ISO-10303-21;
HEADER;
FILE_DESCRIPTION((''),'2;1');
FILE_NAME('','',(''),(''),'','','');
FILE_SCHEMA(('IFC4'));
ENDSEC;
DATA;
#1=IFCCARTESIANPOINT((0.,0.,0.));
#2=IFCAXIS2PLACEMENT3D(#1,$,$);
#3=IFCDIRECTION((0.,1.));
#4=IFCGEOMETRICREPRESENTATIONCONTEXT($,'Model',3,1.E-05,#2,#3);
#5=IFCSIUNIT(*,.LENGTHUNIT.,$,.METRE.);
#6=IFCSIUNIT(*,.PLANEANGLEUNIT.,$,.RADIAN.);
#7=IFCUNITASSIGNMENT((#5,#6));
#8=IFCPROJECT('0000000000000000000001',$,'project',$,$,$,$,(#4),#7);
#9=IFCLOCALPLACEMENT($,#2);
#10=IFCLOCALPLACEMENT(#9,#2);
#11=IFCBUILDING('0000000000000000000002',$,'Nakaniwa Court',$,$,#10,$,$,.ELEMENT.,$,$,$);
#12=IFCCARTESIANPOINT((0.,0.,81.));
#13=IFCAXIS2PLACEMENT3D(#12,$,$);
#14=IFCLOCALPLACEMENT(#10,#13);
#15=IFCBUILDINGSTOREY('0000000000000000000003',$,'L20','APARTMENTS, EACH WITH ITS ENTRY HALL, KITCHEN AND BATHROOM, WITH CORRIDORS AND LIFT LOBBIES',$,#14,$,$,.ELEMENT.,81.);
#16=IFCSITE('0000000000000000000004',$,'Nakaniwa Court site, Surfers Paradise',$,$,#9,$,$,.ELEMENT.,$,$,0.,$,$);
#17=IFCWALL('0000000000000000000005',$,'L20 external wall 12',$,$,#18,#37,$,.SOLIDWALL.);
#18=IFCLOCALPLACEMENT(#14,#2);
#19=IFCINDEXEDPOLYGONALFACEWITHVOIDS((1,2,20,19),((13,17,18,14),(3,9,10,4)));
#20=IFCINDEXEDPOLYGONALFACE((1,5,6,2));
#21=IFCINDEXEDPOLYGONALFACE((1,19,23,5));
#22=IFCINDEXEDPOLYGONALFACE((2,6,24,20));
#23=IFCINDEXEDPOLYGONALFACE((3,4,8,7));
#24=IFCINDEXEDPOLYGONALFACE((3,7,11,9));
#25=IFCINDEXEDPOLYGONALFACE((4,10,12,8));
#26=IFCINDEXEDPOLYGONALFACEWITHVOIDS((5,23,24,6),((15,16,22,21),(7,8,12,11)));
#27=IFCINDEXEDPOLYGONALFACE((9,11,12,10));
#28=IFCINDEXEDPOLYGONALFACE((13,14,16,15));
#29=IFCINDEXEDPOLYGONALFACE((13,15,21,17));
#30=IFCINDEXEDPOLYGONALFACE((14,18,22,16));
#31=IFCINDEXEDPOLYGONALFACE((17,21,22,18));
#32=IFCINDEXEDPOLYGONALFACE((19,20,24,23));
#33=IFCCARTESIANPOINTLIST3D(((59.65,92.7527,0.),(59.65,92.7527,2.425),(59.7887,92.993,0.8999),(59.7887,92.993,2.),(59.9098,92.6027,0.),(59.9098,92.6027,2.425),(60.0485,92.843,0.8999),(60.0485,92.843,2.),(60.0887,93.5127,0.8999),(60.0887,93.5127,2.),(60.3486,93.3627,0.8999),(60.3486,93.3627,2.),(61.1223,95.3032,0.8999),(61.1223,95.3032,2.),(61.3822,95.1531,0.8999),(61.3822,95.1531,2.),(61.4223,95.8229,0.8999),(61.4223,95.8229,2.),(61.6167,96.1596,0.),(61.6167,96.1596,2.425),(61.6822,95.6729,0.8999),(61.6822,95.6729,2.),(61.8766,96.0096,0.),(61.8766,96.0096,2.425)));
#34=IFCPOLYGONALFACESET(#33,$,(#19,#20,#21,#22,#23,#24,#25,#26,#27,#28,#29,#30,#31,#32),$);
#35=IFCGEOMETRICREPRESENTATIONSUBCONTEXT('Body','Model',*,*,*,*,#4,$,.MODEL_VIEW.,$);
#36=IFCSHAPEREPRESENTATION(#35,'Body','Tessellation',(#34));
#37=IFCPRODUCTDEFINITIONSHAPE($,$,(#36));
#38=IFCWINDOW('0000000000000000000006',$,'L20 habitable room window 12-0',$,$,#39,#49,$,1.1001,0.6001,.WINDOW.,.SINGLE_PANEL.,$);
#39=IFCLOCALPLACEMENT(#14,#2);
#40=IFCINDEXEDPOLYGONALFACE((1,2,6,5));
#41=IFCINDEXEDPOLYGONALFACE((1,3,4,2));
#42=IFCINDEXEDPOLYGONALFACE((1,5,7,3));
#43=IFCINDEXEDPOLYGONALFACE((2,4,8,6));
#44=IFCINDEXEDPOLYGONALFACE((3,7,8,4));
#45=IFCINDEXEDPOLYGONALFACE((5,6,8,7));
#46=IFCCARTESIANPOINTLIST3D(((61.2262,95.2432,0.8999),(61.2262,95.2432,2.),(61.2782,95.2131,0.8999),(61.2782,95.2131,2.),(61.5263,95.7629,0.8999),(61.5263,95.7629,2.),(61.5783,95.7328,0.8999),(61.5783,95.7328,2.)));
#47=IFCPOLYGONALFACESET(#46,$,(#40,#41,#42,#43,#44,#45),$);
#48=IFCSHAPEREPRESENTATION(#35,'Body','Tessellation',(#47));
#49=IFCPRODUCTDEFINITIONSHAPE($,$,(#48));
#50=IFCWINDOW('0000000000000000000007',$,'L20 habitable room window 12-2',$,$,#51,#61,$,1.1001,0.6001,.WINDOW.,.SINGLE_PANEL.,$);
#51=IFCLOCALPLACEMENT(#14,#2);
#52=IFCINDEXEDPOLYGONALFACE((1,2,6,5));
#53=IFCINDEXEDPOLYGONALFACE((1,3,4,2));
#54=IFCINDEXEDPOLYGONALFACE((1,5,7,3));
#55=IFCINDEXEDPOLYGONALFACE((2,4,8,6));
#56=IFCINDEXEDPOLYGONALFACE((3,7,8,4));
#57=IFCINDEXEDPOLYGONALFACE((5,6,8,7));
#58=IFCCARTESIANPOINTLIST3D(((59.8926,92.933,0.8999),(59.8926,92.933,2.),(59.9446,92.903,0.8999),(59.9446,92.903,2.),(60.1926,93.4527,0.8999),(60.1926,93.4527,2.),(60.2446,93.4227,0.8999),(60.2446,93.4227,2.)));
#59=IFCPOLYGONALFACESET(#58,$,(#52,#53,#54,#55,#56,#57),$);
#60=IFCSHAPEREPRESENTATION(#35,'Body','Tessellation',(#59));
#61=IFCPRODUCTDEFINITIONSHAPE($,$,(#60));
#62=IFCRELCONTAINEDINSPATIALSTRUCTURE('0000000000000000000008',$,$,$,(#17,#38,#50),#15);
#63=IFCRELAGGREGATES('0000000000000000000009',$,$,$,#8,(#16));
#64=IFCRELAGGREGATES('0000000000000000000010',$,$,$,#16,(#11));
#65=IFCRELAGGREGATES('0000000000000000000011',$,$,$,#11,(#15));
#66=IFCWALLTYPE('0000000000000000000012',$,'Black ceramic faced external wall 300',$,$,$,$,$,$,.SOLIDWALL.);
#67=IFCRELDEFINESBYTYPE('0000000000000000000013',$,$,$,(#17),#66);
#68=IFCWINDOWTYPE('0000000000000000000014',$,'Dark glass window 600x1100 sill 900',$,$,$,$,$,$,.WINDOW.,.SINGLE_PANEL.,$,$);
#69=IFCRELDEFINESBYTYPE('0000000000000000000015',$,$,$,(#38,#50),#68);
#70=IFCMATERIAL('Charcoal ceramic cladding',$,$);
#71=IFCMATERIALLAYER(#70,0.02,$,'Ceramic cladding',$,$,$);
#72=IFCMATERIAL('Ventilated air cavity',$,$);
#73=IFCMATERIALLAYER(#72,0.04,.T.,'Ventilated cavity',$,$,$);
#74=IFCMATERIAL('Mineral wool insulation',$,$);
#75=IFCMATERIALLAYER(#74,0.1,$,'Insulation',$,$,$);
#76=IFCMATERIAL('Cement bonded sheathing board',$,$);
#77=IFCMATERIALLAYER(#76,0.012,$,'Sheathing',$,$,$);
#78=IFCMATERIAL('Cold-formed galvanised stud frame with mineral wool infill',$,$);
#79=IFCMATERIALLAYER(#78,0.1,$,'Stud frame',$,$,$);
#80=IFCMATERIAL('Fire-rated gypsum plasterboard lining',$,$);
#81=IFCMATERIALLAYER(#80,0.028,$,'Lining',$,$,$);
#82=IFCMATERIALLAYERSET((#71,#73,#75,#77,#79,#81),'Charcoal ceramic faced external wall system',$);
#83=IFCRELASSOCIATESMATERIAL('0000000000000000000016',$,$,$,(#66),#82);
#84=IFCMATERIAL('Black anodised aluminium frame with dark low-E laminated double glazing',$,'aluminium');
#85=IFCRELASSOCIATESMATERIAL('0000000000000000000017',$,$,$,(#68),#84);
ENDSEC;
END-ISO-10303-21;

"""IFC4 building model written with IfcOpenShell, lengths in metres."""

from ifc_helpers import new_model, si_unit, direction, frame, frame_2d, origin, place, context, subcontext, project, spatial, rectangle, extrude, material, layer, layer_set, type_object, element, fill, save


model = new_model("IFC4")

# Units and contexts
model_context = context("Model", 3, precision=1e-05, world=origin(), true_north=direction((0.0, 1.0)))
body_context = subcontext(model_context, "Body", "Model", "MODEL_VIEW")
ifc_project = project(units=[si_unit("LENGTHUNIT", "METRE"), si_unit("PLANEANGLEUNIT", "RADIAN")], contexts=[model_context])

# Site, building, storey
site_placement = place(None, origin())
site = spatial("IfcSite", under=ifc_project, at=site_placement, Name="Nakaniwa Court site, Surfers Paradise", CompositionType="ELEMENT", RefElevation=0.0)
building_placement = place(site_placement, origin())
building = spatial("IfcBuilding", under=site, at=building_placement, Name="Nakaniwa Court", CompositionType="ELEMENT")
storey_placement = place(building_placement, frame((0.0, 0.0, 81.0)))
storey = spatial("IfcBuildingStorey", under=building, at=storey_placement, Name="L20", Description="APARTMENTS, EACH WITH ITS ENTRY HALL, KITCHEN AND BATHROOM, WITH CORRIDORS AND LIFT LOBBIES", CompositionType="ELEMENT", Elevation=81.0)

# Shared definitions
ifc_material_1 = material(Name="Charcoal ceramic cladding")
ifc_layer_1 = layer(ifc_material_1, 0.02, Name="Ceramic cladding")
ifc_material_2 = material(Name="Ventilated air cavity")
ifc_layer_2 = layer(ifc_material_2, 0.04, ventilated=True, Name="Ventilated cavity")
ifc_material_3 = material(Name="Mineral wool insulation")
ifc_layer_3 = layer(ifc_material_3, 0.1, Name="Insulation")
ifc_material_4 = material(Name="Cement bonded sheathing board")
ifc_layer_4 = layer(ifc_material_4, 0.012, Name="Sheathing")
ifc_material_5 = material(Name="Cold-formed galvanised stud frame with mineral wool infill")
ifc_layer_5 = layer(ifc_material_5, 0.1, Name="Stud frame")
ifc_material_6 = material(Name="Fire-rated gypsum plasterboard lining")
ifc_layer_6 = layer(ifc_material_6, 0.028, Name="Lining")
ifc_layer_set_1 = layer_set([ifc_layer_1, ifc_layer_2, ifc_layer_3, ifc_layer_4, ifc_layer_5, ifc_layer_6], Name="Charcoal ceramic faced external wall system")
wall_type_1 = type_object("IfcWallType", Name="Black ceramic faced external wall 300", PredefinedType="SOLIDWALL", material=ifc_layer_set_1)
ifc_material_7 = material(Name="Black anodised aluminium frame with dark low-E laminated double glazing", Category="aluminium")
window_type_1 = type_object("IfcWindowType", Name="Dark glass window 600x1100 sill 900", PartitioningType="SINGLE_PANEL", PredefinedType="WINDOW", material=ifc_material_7)

# Wall, openings, windows
wall_1_placement = place(storey_placement, frame((61.7466, 96.0845, 0.0), z_axis=(0.0, 0.0, 1.0), x_axis=(-0.499957, -0.86605, 0.0)))
wall_1 = element("IfcWall", 1, at=wall_1_placement, inside=storey, type_object=wall_type_1, Name="L20 external wall 12", PredefinedType="SOLIDWALL", context=body_context, shape_type="SweptSolid", body=[
    extrude(rectangle(XDim=3.9338, YDim=0.3, at=frame_2d((1.9668, 0.0))), origin(), (0.0, 0.0, 1.0), 2.425),
])
opening_1_placement = place(wall_1_placement, frame((0.3887, 0.0, 0.8999)))
opening_1 = element("IfcOpeningElement", 2, at=opening_1_placement, cuts=wall_1, PredefinedType="OPENING", context=body_context, shape_type="SweptSolid", body=[
    extrude(rectangle(XDim=0.6001, YDim=1.1001, at=frame_2d((0.3, 0.55))), frame((0.0, 0.1599, 0.0), z_axis=(0.0, -1.0, 0.0), x_axis=(1.0, 0.0, 0.0)), (0.0, 0.0, 1.0), 0.3201),
])
opening_2_placement = place(wall_1_placement, frame((3.0562, 0.0, 0.8999)))
opening_2 = element("IfcOpeningElement", 3, at=opening_2_placement, cuts=wall_1, PredefinedType="OPENING", context=body_context, shape_type="SweptSolid", body=[
    extrude(rectangle(XDim=0.6001, YDim=1.1001, at=frame_2d((0.3, 0.55))), frame((0.0, 0.1599, 0.0), z_axis=(0.0, -1.0, 0.0), x_axis=(1.0, 0.0, 0.0)), (0.0, 0.0, 1.0), 0.3201),
])
window_1_placement = place(opening_1_placement, origin())
window_1 = element("IfcWindow", 4, at=window_1_placement, inside=storey, type_object=window_type_1, Name="L20 habitable room window 12-0", OverallHeight=1.1001, OverallWidth=0.6001, PartitioningType="SINGLE_PANEL", PredefinedType="WINDOW", context=body_context, shape_type="SweptSolid", body=[
    extrude(rectangle(XDim=0.6001, YDim=1.1001, at=frame_2d((0.3, 0.55))), frame((0.0, 0.03, 0.0), z_axis=(0.0, -1.0, 0.0), x_axis=(1.0, 0.0, 0.0)), (0.0, 0.0, 1.0), 0.0601),
])
fill(opening_1, window_1)
window_2_placement = place(opening_2_placement, origin())
window_2 = element("IfcWindow", 5, at=window_2_placement, inside=storey, type_object=window_type_1, Name="L20 habitable room window 12-2", OverallHeight=1.1001, OverallWidth=0.6001, PartitioningType="SINGLE_PANEL", PredefinedType="WINDOW", context=body_context, shape_type="SweptSolid", body=[
    extrude(rectangle(XDim=0.6001, YDim=1.1001, at=frame_2d((0.3, 0.55))), frame((0.0, 0.03, 0.0), z_axis=(0.0, -1.0, 0.0), x_axis=(1.0, 0.0, 0.0)), (0.0, 0.0, 1.0), 0.0601),
])
fill(opening_2, window_2)

save(model, "model.ifc")
